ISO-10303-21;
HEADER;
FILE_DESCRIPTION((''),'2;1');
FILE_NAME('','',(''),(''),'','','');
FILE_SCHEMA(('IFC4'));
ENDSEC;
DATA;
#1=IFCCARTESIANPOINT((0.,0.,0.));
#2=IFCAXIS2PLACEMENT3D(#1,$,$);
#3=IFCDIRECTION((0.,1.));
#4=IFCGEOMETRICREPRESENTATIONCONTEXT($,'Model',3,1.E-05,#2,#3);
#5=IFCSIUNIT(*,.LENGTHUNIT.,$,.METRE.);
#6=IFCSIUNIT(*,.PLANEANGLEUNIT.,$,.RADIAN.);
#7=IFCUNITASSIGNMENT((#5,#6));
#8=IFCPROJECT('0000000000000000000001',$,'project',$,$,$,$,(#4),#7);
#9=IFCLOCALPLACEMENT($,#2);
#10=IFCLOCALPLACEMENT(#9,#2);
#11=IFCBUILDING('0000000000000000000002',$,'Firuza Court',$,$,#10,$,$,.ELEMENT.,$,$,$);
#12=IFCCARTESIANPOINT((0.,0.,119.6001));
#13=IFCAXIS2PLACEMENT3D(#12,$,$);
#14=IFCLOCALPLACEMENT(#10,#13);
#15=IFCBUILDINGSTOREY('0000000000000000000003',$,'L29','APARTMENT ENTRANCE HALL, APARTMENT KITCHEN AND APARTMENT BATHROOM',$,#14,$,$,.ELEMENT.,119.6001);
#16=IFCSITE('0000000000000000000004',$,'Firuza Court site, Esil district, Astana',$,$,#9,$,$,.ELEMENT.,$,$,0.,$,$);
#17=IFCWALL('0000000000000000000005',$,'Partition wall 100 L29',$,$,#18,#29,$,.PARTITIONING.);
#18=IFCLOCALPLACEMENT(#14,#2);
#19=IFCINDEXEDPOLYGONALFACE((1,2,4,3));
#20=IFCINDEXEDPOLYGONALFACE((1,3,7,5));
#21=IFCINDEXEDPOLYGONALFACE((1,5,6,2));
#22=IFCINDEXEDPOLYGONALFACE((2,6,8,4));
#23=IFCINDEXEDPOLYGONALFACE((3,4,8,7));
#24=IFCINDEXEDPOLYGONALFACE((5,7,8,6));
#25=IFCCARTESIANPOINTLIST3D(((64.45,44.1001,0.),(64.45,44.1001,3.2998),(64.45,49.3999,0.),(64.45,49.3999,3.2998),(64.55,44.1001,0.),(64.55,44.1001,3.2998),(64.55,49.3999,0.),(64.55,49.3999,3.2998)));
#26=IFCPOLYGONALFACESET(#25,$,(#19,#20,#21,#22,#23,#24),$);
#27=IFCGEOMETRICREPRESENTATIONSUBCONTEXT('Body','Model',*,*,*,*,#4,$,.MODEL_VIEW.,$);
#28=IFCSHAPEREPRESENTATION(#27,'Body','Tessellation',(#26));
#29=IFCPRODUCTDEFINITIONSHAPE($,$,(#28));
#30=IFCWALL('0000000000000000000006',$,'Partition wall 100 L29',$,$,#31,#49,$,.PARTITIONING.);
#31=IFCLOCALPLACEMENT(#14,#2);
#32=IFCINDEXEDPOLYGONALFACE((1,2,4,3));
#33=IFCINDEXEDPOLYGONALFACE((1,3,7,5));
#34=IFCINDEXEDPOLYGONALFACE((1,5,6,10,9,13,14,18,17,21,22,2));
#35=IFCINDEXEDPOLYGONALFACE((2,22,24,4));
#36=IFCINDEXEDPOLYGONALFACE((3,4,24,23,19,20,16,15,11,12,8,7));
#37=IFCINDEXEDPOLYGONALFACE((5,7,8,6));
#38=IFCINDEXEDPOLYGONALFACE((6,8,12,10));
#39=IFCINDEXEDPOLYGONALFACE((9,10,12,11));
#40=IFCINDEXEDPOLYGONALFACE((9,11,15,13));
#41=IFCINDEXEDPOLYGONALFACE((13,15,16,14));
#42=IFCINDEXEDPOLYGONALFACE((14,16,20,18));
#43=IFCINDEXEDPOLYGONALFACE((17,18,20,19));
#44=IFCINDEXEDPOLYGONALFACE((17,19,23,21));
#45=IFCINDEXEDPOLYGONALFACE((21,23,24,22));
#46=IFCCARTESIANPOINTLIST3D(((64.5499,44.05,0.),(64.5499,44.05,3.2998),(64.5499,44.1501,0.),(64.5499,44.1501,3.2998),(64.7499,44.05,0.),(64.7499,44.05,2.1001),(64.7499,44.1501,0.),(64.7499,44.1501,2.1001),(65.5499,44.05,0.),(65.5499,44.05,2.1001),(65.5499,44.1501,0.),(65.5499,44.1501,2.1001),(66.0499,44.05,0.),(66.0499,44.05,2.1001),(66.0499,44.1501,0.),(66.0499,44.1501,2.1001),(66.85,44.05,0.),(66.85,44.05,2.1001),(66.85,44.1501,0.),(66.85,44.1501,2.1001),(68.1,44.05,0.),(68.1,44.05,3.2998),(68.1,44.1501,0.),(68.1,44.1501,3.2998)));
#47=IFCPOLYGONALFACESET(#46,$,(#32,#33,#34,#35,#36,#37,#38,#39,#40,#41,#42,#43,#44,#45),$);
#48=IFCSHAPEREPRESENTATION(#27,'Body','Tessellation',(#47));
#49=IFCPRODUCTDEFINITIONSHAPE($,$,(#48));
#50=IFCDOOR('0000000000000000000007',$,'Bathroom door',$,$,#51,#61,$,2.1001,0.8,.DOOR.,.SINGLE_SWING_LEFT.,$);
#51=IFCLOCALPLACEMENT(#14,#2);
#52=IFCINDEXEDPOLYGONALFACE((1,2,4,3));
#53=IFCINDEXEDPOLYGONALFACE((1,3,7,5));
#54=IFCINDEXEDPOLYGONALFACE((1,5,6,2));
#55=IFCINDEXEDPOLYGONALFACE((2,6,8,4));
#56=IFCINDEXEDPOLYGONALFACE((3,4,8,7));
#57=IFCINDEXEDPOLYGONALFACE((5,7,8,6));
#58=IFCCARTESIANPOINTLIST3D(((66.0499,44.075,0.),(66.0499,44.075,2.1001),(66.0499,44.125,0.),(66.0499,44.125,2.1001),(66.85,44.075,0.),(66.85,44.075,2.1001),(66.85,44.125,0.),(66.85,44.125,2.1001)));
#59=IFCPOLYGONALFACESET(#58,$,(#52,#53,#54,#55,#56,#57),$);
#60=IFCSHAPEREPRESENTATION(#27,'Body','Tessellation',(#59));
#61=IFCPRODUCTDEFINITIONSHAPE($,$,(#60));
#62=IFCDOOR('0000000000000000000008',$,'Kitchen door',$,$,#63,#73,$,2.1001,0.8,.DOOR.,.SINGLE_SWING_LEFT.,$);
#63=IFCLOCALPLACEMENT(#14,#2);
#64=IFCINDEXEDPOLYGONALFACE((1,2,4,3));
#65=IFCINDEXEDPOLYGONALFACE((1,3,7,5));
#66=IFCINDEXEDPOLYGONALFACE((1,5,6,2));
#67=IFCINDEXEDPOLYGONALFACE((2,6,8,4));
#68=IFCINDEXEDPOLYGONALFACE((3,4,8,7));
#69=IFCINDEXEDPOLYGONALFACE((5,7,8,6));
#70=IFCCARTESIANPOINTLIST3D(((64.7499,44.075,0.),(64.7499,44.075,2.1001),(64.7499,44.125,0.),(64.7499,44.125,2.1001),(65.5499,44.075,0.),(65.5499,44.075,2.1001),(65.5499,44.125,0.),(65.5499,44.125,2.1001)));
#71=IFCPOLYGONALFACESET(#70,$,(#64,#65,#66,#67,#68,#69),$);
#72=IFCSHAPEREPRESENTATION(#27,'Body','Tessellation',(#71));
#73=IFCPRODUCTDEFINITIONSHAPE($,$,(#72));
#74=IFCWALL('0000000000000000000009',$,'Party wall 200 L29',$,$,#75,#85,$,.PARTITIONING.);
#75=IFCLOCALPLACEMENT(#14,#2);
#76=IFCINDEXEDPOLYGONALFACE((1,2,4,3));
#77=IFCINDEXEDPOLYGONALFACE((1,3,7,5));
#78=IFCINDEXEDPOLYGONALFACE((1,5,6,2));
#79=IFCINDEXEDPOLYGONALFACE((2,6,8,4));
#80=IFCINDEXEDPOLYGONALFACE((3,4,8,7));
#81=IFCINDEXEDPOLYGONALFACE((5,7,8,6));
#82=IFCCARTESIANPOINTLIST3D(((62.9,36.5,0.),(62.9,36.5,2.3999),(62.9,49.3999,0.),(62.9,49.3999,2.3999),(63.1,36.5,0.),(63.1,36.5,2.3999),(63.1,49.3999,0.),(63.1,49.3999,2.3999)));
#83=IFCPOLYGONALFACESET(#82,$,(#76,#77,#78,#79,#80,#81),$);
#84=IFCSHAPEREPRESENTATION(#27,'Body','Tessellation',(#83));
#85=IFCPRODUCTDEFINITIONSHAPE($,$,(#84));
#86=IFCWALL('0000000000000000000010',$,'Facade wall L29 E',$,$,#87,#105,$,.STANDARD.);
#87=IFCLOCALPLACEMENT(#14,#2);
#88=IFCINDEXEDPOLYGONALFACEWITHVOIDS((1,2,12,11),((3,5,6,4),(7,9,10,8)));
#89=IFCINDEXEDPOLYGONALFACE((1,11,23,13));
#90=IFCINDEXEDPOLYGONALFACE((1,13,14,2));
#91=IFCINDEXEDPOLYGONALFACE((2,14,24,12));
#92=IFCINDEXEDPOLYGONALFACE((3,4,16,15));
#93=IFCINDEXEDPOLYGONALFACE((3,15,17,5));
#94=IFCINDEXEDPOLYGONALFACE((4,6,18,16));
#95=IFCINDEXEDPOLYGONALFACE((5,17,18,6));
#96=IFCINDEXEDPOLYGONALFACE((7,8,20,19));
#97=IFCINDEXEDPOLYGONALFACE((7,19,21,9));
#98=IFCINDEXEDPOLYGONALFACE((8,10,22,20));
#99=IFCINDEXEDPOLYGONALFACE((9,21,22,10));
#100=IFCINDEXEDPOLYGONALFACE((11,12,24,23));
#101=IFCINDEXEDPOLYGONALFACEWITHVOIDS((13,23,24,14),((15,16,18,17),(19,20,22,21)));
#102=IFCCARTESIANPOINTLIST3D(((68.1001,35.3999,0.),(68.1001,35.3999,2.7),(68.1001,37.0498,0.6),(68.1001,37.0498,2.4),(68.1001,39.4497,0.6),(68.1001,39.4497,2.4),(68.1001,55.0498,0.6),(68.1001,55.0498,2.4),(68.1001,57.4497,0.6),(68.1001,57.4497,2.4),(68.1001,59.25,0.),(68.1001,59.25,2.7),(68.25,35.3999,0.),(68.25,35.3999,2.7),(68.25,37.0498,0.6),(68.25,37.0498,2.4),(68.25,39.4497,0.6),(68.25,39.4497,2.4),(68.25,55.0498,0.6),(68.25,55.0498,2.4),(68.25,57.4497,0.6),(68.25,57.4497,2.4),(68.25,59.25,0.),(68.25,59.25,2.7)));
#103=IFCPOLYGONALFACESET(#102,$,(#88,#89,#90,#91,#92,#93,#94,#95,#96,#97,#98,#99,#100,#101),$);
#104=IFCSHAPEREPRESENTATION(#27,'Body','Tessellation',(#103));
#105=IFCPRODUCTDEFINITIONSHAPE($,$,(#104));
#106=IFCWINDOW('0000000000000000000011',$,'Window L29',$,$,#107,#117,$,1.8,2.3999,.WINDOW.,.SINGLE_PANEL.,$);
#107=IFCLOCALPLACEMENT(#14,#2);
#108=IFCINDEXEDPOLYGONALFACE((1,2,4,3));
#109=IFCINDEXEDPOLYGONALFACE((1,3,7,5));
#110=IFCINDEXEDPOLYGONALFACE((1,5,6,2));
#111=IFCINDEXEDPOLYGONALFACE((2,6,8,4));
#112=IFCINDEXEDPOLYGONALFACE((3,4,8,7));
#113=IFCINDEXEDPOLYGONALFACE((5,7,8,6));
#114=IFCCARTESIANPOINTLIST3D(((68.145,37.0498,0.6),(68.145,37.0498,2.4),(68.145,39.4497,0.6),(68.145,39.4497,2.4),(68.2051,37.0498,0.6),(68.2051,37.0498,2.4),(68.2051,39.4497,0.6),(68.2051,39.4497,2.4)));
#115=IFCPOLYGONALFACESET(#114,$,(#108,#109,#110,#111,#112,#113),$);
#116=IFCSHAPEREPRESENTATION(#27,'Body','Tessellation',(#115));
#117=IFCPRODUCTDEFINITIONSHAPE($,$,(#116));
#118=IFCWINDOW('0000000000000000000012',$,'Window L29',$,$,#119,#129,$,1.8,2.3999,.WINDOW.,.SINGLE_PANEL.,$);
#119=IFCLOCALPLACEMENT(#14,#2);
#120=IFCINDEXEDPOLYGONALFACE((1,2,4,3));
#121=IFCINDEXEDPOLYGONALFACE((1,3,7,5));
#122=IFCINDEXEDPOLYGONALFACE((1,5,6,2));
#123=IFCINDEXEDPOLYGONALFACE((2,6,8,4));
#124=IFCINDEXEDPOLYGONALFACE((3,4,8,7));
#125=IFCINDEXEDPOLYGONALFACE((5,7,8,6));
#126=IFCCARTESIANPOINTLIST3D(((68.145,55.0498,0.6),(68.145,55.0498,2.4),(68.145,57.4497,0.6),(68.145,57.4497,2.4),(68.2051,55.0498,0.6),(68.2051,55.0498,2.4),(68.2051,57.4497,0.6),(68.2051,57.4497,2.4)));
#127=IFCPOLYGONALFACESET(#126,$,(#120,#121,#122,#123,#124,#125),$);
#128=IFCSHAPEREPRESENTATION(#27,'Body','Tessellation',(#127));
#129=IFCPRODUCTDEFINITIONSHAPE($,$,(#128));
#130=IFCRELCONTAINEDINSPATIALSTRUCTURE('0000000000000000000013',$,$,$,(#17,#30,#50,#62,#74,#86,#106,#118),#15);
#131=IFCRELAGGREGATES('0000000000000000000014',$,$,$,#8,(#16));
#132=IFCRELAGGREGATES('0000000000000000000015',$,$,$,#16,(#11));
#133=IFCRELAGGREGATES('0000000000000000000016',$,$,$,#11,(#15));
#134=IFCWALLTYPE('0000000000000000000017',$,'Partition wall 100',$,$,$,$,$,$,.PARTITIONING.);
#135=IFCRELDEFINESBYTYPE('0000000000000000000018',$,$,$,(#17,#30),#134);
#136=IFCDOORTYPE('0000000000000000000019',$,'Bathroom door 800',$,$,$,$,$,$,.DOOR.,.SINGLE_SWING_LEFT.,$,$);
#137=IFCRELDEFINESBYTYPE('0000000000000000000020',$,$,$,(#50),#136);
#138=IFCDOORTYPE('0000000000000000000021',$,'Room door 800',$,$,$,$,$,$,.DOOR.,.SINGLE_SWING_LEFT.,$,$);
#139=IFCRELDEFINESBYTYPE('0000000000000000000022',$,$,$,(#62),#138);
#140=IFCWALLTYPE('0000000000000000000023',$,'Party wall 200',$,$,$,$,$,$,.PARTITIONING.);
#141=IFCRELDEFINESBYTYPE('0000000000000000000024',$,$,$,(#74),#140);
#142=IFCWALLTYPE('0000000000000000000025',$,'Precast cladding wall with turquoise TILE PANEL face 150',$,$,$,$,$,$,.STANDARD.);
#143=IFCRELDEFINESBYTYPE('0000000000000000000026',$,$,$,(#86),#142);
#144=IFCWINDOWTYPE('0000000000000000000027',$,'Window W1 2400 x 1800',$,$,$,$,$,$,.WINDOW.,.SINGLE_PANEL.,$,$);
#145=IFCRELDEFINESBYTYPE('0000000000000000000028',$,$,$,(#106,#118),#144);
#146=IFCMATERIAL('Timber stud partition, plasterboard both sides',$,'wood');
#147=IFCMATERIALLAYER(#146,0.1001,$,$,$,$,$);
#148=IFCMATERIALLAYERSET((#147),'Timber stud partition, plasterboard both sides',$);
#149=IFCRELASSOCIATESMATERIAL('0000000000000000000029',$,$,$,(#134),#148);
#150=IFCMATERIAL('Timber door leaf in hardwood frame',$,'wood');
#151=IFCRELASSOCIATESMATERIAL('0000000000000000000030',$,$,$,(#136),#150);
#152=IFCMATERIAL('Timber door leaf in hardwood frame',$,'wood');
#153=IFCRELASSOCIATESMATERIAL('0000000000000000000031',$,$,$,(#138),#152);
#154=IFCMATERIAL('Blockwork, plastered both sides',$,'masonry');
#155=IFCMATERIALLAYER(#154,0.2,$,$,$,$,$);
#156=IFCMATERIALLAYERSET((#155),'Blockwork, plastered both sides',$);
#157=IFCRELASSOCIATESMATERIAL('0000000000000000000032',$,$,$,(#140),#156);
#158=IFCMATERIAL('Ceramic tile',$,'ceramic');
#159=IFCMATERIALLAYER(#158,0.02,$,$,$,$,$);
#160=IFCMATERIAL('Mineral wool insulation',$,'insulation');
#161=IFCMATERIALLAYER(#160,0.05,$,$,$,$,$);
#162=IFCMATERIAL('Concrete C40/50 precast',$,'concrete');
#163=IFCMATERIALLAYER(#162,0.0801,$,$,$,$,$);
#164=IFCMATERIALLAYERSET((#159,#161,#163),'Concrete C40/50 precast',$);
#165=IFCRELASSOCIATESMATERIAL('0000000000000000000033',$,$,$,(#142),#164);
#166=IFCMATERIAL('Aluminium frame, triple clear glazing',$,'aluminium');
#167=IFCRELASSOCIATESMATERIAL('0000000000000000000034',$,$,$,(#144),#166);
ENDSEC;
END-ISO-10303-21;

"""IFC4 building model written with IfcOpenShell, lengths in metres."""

from ifc_helpers import new_model, si_unit, direction, frame, frame_2d, origin, place, context, subcontext, project, spatial, rectangle, extrude, material, layer, layer_set, type_object, element, fill, save


model = new_model("IFC4")

# Units and contexts
model_context = context("Model", 3, precision=1e-05, world=origin(), true_north=direction((0.0, 1.0)))
body_context = subcontext(model_context, "Body", "Model", "MODEL_VIEW")
ifc_project = project(units=[si_unit("LENGTHUNIT", "METRE"), si_unit("PLANEANGLEUNIT", "RADIAN")], contexts=[model_context])

# Site, building, storey
site_placement = place(None, origin())
site = spatial("IfcSite", under=ifc_project, at=site_placement, Name="Firuza Court site, Esil district, Astana", CompositionType="ELEMENT", RefElevation=0.0)
building_placement = place(site_placement, origin())
building = spatial("IfcBuilding", under=site, at=building_placement, Name="Firuza Court", CompositionType="ELEMENT")
storey_placement = place(building_placement, frame((0.0, 0.0, 119.6001)))
storey = spatial("IfcBuildingStorey", under=building, at=storey_placement, Name="L29", Description="APARTMENT ENTRANCE HALL, APARTMENT KITCHEN AND APARTMENT BATHROOM", CompositionType="ELEMENT", Elevation=119.6001)

# Shared definitions
ifc_material_1 = material(Name="Timber stud partition, plasterboard both sides", Category="wood")
ifc_layer_1 = layer(ifc_material_1, 0.1001)
ifc_layer_set_1 = layer_set([ifc_layer_1], Name="Timber stud partition, plasterboard both sides")
wall_type_1 = type_object("IfcWallType", Name="Partition wall 100", PredefinedType="PARTITIONING", material=ifc_layer_set_1)

# Wall
wall_1_placement = place(storey_placement, frame((64.5, 44.1001, 0.0), z_axis=(0.0, 0.0, 1.0), x_axis=(0.0, 1.0, 0.0)))
element("IfcWall", 1, at=wall_1_placement, inside=storey, type_object=wall_type_1, Name="Partition wall 100 L29", PredefinedType="PARTITIONING", context=body_context, shape_type="SweptSolid", body=[
    extrude(rectangle(XDim=5.2998, YDim=0.1001, at=frame_2d((2.6499, 0.0))), origin(), (0.0, 0.0, 1.0), 3.2998),
])

# Wall, openings, doors
wall_2_placement = place(storey_placement, frame((64.55, 44.1001, 0.0), z_axis=(0.0, 0.0, 1.0), x_axis=(1.0, 0.0, 0.0)))
wall_2 = element("IfcWall", 2, at=wall_2_placement, inside=storey, type_object=wall_type_1, Name="Partition wall 100 L29", PredefinedType="PARTITIONING", context=body_context, shape_type="SweptSolid", body=[
    extrude(rectangle(XDim=3.55, YDim=0.1001, at=frame_2d((1.7749, 0.0))), origin(), (0.0, 0.0, 1.0), 3.2998),
])
opening_1_placement = place(wall_2_placement, frame((1.5, 0.0, 0.0)))
opening_1 = element("IfcOpeningElement", 3, at=opening_1_placement, cuts=wall_2, PredefinedType="OPENING", context=body_context, shape_type="SweptSolid", body=[
    extrude(rectangle(XDim=0.8, YDim=2.1001, at=frame_2d((0.3999, 1.05))), frame((0.0, 0.062, 0.0), z_axis=(0.0, -1.0, 0.0), x_axis=(1.0, 0.0, 0.0)), (0.0, 0.0, 1.0), 0.124),
])
opening_2_placement = place(wall_2_placement, frame((0.2, 0.0, 0.0)))
opening_2 = element("IfcOpeningElement", 4, at=opening_2_placement, cuts=wall_2, PredefinedType="OPENING", context=body_context, shape_type="SweptSolid", body=[
    extrude(rectangle(XDim=0.8, YDim=2.1001, at=frame_2d((0.3999, 1.05))), frame((0.0, 0.062, 0.0), z_axis=(0.0, -1.0, 0.0), x_axis=(1.0, 0.0, 0.0)), (0.0, 0.0, 1.0), 0.124),
])
ifc_material_2 = material(Name="Timber door leaf in hardwood frame", Category="wood")
door_type_1 = type_object("IfcDoorType", Name="Bathroom door 800", OperationType="SINGLE_SWING_LEFT", PredefinedType="DOOR", material=ifc_material_2)
door_1_placement = place(opening_1_placement, origin())
door_1 = element("IfcDoor", 5, at=door_1_placement, inside=storey, type_object=door_type_1, Name="Bathroom door", OperationType="SINGLE_SWING_LEFT", OverallHeight=2.1001, OverallWidth=0.8, PredefinedType="DOOR", context=body_context, shape_type="SweptSolid", body=[
    extrude(rectangle(XDim=0.8, YDim=2.1001, at=frame_2d((0.3999, 1.05))), frame((0.0, 0.0249, 0.0), z_axis=(0.0, -1.0, 0.0), x_axis=(1.0, 0.0, 0.0)), (0.0, 0.0, 1.0), 0.05),
])
fill(opening_1, door_1)
ifc_material_3 = material(Name="Timber door leaf in hardwood frame", Category="wood")
door_type_2 = type_object("IfcDoorType", Name="Room door 800", OperationType="SINGLE_SWING_LEFT", PredefinedType="DOOR", material=ifc_material_3)
door_2_placement = place(opening_2_placement, origin())
door_2 = element("IfcDoor", 6, at=door_2_placement, inside=storey, type_object=door_type_2, Name="Kitchen door", OperationType="SINGLE_SWING_LEFT", OverallHeight=2.1001, OverallWidth=0.8, PredefinedType="DOOR", context=body_context, shape_type="SweptSolid", body=[
    extrude(rectangle(XDim=0.8, YDim=2.1001, at=frame_2d((0.3999, 1.05))), frame((0.0, 0.0249, 0.0), z_axis=(0.0, -1.0, 0.0), x_axis=(1.0, 0.0, 0.0)), (0.0, 0.0, 1.0), 0.05),
])
fill(opening_2, door_2)

# Wall
ifc_material_4 = material(Name="Blockwork, plastered both sides", Category="masonry")
ifc_layer_2 = layer(ifc_material_4, 0.2)
ifc_layer_set_2 = layer_set([ifc_layer_2], Name="Blockwork, plastered both sides")
wall_type_2 = type_object("IfcWallType", Name="Party wall 200", PredefinedType="PARTITIONING", material=ifc_layer_set_2)
wall_3_placement = place(storey_placement, frame((63.0, 36.5, 0.0), z_axis=(0.0, 0.0, 1.0), x_axis=(0.0, 1.0, 0.0)))
element("IfcWall", 7, at=wall_3_placement, inside=storey, type_object=wall_type_2, Name="Party wall 200 L29", PredefinedType="PARTITIONING", context=body_context, shape_type="SweptSolid", body=[
    extrude(rectangle(XDim=12.8999, YDim=0.2, at=frame_2d((6.45, 0.0))), origin(), (0.0, 0.0, 1.0), 2.3999),
])

# Wall, openings, windows
ifc_material_5 = material(Name="Ceramic tile", Category="ceramic")
ifc_layer_3 = layer(ifc_material_5, 0.02)
ifc_material_6 = material(Name="Mineral wool insulation", Category="insulation")
ifc_layer_4 = layer(ifc_material_6, 0.05)
ifc_material_7 = material(Name="Concrete C40/50 precast", Category="concrete")
ifc_layer_5 = layer(ifc_material_7, 0.0801)
ifc_layer_set_3 = layer_set([ifc_layer_3, ifc_layer_4, ifc_layer_5], Name="Concrete C40/50 precast")
wall_type_3 = type_object("IfcWallType", Name="Precast cladding wall with turquoise TILE PANEL face 150", PredefinedType="STANDARD", material=ifc_layer_set_3)
wall_4_placement = place(storey_placement, frame((68.175, 35.3999, 0.0), z_axis=(0.0, 0.0, 1.0), x_axis=(0.0, 1.0, 0.0)))
wall_4 = element("IfcWall", 8, at=wall_4_placement, inside=storey, type_object=wall_type_3, Name="Facade wall L29 E", PredefinedType="STANDARD", context=body_context, shape_type="SweptSolid", body=[
    extrude(rectangle(XDim=23.8501, YDim=0.1499, at=frame_2d((11.925, 0.0))), origin(), (0.0, 0.0, 1.0), 2.7),
])
opening_3_placement = place(wall_4_placement, frame((1.6499, 0.0, 0.6001)))
opening_3 = element("IfcOpeningElement", 9, at=opening_3_placement, cuts=wall_4, PredefinedType="OPENING", context=body_context, shape_type="SweptSolid", body=[
    extrude(rectangle(XDim=2.3999, YDim=1.8, at=frame_2d((1.2, 0.8999))), frame((0.0, 0.0869, 0.0), z_axis=(0.0, -1.0, 0.0), x_axis=(1.0, 0.0, 0.0)), (0.0, 0.0, 1.0), 0.1738),
])
opening_4_placement = place(wall_4_placement, frame((19.6499, 0.0, 0.6001)))
opening_4 = element("IfcOpeningElement", 10, at=opening_4_placement, cuts=wall_4, PredefinedType="OPENING", context=body_context, shape_type="SweptSolid", body=[
    extrude(rectangle(XDim=2.3999, YDim=1.8, at=frame_2d((1.2, 0.8999))), frame((0.0, 0.0869, 0.0), z_axis=(0.0, -1.0, 0.0), x_axis=(1.0, 0.0, 0.0)), (0.0, 0.0, 1.0), 0.1738),
])
ifc_material_8 = material(Name="Aluminium frame, triple clear glazing", Category="aluminium")
window_type = type_object("IfcWindowType", Name="Window W1 2400 x 1800", PartitioningType="SINGLE_PANEL", PredefinedType="WINDOW", material=ifc_material_8)
window_1_placement = place(opening_3_placement, origin())
window_1 = element("IfcWindow", 11, at=window_1_placement, inside=storey, type_object=window_type, Name="Window L29", OverallHeight=1.8, OverallWidth=2.3999, PartitioningType="SINGLE_PANEL", PredefinedType="WINDOW", context=body_context, shape_type="SweptSolid", body=[
    extrude(rectangle(XDim=2.3999, YDim=1.8, at=frame_2d((1.2, 0.8999))), frame((0.0, 0.03, 0.0), z_axis=(0.0, -1.0, 0.0), x_axis=(1.0, 0.0, 0.0)), (0.0, 0.0, 1.0), 0.0601),
])
fill(opening_3, window_1)
window_2_placement = place(opening_4_placement, origin())
window_2 = element("IfcWindow", 12, at=window_2_placement, inside=storey, type_object=window_type, Name="Window L29", OverallHeight=1.8, OverallWidth=2.3999, PartitioningType="SINGLE_PANEL", PredefinedType="WINDOW", context=body_context, shape_type="SweptSolid", body=[
    extrude(rectangle(XDim=2.3999, YDim=1.8, at=frame_2d((1.2, 0.8999))), frame((0.0, 0.03, 0.0), z_axis=(0.0, -1.0, 0.0), x_axis=(1.0, 0.0, 0.0)), (0.0, 0.0, 1.0), 0.0601),
])
fill(opening_4, window_2)

save(model, "model.ifc")
